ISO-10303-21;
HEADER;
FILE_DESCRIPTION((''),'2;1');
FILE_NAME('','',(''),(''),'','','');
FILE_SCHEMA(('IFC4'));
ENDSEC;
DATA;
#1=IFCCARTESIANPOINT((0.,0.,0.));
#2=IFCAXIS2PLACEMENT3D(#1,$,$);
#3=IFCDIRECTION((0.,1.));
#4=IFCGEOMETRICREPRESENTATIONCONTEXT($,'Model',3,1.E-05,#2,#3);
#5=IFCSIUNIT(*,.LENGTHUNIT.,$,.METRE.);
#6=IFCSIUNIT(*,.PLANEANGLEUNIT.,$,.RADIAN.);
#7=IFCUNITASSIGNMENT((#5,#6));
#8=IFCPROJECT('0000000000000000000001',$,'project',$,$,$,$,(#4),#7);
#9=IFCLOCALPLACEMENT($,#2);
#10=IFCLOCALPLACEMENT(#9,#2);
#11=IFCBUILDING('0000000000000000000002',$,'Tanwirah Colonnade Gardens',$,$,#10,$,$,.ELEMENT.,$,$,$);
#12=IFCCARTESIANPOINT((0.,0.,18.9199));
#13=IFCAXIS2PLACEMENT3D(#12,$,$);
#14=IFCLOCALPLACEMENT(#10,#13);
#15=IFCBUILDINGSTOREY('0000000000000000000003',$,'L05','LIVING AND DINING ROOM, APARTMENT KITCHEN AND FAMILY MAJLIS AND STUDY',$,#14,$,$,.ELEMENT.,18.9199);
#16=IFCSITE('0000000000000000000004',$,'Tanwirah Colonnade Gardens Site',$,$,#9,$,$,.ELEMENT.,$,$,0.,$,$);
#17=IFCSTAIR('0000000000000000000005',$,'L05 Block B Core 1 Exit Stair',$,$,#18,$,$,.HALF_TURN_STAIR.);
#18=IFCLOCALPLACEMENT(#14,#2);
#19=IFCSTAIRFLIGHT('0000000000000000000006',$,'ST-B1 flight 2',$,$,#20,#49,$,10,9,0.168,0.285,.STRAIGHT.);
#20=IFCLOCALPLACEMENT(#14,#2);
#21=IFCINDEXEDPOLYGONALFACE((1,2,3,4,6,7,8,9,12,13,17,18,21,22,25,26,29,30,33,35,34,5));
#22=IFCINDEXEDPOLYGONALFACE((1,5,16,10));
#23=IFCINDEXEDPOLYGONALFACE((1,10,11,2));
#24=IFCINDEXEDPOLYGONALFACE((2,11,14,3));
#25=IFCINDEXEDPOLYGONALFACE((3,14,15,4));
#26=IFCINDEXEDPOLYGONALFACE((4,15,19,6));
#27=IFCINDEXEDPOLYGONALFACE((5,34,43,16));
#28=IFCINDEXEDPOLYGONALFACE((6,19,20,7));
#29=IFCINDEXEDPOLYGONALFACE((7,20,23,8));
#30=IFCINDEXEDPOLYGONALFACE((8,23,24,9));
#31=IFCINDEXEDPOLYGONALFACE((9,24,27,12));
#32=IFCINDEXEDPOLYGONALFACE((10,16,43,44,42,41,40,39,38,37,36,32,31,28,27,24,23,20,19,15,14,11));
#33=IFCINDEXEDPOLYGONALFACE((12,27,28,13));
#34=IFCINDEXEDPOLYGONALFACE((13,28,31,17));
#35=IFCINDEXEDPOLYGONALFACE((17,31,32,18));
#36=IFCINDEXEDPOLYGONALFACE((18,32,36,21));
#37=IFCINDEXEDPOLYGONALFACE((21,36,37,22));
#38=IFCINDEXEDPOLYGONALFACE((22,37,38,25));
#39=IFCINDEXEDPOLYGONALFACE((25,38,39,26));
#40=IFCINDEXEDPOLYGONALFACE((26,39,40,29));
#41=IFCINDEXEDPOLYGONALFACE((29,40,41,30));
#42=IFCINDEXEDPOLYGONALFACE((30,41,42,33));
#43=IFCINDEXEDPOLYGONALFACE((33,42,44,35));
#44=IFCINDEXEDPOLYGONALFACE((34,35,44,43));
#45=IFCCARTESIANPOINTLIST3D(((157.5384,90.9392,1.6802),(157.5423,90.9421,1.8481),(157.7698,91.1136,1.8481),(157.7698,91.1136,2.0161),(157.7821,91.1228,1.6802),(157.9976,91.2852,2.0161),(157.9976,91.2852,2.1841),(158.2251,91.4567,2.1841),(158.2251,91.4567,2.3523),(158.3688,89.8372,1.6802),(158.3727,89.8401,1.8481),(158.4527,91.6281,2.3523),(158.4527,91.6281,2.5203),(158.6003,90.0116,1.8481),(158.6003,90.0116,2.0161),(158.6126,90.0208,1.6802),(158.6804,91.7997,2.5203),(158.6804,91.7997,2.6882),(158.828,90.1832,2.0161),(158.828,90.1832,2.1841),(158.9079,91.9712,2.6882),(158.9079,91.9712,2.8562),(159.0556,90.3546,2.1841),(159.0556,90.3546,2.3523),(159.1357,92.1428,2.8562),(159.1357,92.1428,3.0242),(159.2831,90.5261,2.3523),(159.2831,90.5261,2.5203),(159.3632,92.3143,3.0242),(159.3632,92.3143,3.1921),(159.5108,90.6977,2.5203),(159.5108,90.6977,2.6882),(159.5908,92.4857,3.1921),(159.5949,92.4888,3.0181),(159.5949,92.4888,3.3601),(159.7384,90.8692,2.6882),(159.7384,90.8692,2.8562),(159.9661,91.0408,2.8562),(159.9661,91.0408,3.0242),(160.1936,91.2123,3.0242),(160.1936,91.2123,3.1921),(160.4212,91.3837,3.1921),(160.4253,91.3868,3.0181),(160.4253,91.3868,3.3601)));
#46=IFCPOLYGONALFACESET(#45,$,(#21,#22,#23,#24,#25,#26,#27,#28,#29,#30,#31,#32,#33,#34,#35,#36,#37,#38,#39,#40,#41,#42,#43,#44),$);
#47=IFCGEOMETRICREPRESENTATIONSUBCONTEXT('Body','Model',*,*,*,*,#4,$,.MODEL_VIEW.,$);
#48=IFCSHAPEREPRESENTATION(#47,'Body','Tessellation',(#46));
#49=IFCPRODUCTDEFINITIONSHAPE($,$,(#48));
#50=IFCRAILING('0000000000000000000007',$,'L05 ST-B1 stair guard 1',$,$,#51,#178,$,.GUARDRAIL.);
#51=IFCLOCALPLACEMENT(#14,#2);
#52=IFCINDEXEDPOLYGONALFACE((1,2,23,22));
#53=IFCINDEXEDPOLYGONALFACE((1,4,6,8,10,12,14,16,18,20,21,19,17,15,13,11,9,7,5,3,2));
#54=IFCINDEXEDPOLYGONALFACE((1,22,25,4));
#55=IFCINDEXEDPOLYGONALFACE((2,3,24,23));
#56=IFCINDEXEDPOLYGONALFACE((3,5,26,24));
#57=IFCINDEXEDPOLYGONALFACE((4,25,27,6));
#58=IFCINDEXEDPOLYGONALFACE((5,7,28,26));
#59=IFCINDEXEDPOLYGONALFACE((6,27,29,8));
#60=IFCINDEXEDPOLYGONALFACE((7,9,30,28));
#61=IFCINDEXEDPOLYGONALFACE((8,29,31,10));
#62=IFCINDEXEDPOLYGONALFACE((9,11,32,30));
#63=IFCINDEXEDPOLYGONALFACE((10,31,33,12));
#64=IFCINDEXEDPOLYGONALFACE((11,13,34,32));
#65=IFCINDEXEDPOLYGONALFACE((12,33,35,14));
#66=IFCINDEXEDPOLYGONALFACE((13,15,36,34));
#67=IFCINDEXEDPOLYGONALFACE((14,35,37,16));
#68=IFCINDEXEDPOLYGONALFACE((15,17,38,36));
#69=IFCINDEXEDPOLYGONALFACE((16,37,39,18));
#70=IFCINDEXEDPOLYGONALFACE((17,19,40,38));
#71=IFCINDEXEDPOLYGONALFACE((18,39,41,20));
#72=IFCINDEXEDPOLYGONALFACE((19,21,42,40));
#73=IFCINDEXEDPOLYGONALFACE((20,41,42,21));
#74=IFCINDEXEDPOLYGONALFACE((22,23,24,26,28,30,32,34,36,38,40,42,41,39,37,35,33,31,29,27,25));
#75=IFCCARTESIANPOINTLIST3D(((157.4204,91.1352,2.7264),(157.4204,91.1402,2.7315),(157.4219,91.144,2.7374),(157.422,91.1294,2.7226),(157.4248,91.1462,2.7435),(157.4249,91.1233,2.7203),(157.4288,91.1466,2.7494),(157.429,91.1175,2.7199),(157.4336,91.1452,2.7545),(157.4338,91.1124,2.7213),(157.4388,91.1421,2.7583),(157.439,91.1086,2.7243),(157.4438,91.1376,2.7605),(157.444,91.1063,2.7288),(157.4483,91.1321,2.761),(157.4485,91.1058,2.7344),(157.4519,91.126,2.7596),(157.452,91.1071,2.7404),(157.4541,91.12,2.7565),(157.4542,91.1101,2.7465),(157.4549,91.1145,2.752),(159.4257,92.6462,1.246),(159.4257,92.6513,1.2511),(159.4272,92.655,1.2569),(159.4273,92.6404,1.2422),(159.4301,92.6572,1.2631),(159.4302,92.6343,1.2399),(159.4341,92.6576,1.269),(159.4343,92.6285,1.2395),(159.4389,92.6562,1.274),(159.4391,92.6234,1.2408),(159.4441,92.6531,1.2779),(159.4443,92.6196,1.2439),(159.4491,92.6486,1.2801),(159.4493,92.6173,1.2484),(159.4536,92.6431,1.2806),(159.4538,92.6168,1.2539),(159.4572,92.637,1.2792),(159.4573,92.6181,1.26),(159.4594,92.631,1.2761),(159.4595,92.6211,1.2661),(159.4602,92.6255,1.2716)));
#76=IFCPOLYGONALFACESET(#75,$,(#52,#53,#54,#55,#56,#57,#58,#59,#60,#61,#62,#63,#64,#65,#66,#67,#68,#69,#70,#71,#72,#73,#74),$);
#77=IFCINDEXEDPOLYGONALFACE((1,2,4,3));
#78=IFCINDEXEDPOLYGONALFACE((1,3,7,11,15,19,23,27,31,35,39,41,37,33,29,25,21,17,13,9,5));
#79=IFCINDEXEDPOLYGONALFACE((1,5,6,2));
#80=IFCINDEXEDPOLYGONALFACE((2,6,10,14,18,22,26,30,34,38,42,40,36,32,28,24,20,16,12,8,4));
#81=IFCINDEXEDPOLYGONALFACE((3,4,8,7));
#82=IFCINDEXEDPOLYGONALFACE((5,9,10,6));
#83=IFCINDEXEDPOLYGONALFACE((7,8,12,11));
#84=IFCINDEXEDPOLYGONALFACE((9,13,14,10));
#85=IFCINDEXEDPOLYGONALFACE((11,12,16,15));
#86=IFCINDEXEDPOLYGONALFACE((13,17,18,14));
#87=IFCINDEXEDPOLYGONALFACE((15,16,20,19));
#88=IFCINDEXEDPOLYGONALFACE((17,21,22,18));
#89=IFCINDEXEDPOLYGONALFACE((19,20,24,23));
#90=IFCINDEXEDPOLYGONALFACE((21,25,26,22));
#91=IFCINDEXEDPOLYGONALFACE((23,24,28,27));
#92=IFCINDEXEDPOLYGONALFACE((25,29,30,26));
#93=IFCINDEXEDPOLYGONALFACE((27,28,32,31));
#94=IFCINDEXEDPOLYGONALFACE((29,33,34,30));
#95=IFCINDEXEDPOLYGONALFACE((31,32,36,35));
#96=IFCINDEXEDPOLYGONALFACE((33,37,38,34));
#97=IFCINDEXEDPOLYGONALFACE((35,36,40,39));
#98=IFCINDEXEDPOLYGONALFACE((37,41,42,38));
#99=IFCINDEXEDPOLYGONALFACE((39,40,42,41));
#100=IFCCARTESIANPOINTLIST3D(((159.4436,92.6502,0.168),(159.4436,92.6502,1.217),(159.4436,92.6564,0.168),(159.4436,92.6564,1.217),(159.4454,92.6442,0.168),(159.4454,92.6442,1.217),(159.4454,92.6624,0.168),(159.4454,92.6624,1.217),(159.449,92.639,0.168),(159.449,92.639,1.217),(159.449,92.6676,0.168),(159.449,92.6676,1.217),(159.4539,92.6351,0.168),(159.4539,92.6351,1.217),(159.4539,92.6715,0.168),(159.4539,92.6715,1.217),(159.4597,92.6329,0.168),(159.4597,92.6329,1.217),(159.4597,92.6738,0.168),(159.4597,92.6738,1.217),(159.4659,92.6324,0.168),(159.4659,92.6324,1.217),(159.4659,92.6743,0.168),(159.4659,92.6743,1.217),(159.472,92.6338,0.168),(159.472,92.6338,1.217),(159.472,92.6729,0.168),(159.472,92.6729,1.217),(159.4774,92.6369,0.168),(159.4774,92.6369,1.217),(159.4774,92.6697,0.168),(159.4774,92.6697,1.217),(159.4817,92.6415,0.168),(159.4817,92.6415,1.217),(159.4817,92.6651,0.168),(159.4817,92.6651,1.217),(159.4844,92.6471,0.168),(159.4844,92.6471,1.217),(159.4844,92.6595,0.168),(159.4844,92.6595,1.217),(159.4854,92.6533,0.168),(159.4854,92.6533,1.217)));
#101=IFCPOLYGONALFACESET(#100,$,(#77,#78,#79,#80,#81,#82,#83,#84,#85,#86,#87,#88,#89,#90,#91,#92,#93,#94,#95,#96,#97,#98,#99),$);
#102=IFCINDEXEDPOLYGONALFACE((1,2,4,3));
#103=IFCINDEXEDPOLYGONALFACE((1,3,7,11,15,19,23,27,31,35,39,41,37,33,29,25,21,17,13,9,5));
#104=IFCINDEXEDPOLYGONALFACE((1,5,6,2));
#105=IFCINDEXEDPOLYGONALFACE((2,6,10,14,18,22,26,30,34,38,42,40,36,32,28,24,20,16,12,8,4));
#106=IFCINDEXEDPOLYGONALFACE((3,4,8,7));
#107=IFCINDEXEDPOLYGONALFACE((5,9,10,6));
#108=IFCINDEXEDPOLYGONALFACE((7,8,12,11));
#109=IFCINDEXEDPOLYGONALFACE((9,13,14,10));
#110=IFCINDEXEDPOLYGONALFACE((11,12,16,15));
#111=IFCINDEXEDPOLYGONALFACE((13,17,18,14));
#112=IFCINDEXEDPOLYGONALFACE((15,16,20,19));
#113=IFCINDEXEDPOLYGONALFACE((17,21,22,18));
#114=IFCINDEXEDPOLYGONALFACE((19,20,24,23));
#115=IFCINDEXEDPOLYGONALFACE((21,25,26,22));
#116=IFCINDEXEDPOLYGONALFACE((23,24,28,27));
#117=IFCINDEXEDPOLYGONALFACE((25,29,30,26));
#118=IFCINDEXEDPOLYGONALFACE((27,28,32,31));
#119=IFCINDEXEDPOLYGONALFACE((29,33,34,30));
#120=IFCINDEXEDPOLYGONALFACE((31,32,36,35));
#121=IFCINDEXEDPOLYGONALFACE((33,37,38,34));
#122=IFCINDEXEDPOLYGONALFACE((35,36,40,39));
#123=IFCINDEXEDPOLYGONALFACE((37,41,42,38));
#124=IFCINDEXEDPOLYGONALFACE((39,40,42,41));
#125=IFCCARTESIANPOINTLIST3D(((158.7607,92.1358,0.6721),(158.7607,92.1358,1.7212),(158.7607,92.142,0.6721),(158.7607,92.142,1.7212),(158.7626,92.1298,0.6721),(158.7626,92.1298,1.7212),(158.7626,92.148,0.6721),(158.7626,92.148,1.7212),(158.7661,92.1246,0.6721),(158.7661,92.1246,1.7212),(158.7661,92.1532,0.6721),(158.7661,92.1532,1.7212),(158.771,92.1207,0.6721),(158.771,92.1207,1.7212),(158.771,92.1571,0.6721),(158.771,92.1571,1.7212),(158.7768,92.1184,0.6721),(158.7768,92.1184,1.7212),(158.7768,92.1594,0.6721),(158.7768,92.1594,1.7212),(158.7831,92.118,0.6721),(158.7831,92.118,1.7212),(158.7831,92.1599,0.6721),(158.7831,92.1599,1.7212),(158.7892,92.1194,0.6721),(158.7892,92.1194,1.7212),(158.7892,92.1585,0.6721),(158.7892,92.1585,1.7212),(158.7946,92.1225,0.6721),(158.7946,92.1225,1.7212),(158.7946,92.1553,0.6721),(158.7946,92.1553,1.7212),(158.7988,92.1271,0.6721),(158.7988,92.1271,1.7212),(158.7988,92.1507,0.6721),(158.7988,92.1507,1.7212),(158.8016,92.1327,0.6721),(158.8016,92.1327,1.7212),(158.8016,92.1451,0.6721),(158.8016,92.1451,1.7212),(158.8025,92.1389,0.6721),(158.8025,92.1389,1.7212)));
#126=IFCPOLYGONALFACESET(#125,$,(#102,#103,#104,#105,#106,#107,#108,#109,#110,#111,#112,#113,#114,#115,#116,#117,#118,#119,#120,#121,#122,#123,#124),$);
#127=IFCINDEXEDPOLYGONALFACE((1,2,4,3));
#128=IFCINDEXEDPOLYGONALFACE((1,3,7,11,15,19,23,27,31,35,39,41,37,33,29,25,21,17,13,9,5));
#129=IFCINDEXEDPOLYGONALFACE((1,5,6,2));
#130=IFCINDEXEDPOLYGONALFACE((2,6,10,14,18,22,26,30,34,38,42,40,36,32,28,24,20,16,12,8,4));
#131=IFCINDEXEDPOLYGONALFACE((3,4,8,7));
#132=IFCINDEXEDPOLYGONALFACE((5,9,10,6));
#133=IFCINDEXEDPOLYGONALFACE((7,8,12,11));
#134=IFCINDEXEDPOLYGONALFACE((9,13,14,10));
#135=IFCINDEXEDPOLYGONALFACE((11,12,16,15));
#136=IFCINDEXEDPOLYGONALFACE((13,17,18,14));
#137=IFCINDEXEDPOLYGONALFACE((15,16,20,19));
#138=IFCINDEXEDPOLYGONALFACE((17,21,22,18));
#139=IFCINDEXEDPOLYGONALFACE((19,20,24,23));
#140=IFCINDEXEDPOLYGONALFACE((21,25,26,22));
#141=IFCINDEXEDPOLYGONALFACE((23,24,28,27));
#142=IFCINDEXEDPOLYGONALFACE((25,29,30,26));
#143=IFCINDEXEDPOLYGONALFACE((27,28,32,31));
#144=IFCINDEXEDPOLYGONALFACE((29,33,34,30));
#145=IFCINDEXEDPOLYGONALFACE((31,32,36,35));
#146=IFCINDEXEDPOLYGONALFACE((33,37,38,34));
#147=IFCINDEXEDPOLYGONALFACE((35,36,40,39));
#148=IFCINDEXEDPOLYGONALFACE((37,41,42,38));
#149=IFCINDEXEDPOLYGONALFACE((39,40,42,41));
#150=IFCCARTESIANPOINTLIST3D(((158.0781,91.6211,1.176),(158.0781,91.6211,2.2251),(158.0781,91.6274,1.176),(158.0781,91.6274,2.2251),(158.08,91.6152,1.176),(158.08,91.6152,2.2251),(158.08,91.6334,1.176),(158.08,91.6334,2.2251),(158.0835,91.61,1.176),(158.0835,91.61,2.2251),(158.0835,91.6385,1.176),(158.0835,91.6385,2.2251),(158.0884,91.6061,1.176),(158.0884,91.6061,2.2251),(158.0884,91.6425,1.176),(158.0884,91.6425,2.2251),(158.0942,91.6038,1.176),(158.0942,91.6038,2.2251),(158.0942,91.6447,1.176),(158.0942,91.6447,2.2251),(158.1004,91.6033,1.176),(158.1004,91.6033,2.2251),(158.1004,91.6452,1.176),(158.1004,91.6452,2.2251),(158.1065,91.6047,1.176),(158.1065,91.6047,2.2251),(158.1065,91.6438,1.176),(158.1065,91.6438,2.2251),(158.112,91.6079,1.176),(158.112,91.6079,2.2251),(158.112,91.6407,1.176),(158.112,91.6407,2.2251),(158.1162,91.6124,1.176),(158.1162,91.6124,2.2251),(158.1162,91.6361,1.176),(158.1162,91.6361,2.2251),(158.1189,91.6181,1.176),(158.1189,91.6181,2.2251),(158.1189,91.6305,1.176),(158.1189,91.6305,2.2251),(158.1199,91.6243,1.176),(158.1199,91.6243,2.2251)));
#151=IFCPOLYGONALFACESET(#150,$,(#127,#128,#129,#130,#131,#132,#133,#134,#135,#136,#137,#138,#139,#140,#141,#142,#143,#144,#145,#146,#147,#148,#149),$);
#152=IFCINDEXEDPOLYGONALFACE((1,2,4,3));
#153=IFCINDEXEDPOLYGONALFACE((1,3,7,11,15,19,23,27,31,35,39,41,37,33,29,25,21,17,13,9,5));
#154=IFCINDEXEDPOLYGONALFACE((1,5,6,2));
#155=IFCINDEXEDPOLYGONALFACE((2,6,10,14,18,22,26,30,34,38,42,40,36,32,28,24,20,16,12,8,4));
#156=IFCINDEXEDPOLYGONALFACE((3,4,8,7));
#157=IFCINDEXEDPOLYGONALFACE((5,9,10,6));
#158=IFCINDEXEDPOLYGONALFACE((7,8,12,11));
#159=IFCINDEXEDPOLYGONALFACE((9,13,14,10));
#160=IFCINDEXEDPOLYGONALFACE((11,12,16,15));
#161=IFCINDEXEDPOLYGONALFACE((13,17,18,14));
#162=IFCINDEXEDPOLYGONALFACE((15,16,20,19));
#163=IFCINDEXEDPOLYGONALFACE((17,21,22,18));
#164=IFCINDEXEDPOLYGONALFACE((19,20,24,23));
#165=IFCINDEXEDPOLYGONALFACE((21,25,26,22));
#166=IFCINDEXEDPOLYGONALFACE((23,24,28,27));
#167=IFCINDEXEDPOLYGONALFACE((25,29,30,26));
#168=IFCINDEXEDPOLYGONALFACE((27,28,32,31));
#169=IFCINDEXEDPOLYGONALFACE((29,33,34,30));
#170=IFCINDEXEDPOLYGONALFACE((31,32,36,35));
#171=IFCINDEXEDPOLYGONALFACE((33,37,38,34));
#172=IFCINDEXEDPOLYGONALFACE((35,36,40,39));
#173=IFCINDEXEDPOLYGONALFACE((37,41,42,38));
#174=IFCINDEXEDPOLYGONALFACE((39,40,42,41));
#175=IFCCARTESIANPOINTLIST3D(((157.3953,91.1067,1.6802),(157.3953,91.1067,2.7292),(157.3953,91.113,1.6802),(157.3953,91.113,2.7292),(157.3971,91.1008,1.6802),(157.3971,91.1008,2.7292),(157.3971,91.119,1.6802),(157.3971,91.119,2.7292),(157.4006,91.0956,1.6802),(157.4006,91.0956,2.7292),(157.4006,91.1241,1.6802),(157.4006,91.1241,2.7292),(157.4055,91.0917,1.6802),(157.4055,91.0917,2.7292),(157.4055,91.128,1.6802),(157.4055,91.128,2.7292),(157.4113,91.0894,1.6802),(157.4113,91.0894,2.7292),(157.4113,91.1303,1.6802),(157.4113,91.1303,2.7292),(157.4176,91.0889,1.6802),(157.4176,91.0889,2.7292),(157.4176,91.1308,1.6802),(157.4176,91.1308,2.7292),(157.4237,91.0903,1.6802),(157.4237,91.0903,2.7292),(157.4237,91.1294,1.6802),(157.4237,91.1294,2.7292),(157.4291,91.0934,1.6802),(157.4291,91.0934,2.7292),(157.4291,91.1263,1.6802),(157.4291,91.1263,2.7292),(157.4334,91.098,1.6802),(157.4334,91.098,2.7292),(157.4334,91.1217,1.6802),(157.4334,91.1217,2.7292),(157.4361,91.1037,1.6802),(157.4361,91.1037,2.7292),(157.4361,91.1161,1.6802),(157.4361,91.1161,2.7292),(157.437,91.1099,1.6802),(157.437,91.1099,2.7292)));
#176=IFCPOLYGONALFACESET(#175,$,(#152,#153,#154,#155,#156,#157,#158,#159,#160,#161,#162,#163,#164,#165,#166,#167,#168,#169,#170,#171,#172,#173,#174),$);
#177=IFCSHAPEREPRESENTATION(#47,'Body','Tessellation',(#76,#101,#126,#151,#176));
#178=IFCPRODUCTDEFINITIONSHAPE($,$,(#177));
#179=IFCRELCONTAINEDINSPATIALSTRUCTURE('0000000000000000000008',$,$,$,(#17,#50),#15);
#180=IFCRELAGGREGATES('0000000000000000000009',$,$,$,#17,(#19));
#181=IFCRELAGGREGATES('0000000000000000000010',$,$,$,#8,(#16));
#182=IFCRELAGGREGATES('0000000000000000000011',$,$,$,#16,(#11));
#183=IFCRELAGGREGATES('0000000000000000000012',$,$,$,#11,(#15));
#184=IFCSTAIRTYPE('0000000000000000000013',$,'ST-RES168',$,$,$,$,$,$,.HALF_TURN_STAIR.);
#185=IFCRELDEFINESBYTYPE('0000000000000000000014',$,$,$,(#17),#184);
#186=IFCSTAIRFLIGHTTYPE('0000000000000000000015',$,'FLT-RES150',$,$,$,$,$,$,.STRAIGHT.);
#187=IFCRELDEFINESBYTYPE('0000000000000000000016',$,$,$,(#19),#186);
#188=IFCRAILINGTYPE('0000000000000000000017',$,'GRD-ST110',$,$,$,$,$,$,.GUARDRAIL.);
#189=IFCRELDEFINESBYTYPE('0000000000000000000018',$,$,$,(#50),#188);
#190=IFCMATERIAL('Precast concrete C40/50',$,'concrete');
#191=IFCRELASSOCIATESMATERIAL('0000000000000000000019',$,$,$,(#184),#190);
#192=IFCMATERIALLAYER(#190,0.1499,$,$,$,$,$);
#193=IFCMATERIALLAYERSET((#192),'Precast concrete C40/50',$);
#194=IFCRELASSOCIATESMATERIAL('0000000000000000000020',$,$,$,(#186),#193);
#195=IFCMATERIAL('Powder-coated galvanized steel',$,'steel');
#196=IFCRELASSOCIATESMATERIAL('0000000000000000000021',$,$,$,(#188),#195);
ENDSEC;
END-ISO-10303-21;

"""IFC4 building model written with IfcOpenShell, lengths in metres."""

from ifc_helpers import new_model, si_unit, direction, frame, origin, origin_2d, place, context, subcontext, project, spatial, polyline, circle, outline, extrude, material, layer, layer_set, type_object, element, aggregate, save


model = new_model("IFC4")

# Units and contexts
model_context = context("Model", 3, precision=1e-05, world=origin(), true_north=direction((0.0, 1.0)))
body_context = subcontext(model_context, "Body", "Model", "MODEL_VIEW")
ifc_project = project(units=[si_unit("LENGTHUNIT", "METRE"), si_unit("PLANEANGLEUNIT", "RADIAN")], contexts=[model_context])

# Site, building, storey
site_placement = place(None, origin())
site = spatial("IfcSite", under=ifc_project, at=site_placement, Name="Tanwirah Colonnade Gardens Site", CompositionType="ELEMENT", RefElevation=0.0)
building_placement = place(site_placement, origin())
building = spatial("IfcBuilding", under=site, at=building_placement, Name="Tanwirah Colonnade Gardens", CompositionType="ELEMENT")
storey_placement = place(building_placement, frame((0.0, 0.0, 18.9199)))
storey = spatial("IfcBuildingStorey", under=building, at=storey_placement, Name="L05", Description="LIVING AND DINING ROOM, APARTMENT KITCHEN AND FAMILY MAJLIS AND STUDY", CompositionType="ELEMENT", Elevation=18.9199)

# Shared definitions
ifc_material_1 = material(Name="Precast concrete C40/50", Category="concrete")

# Stair, stair flight
stair_type = type_object("IfcStairType", Name="ST-RES168", PredefinedType="HALF_TURN_STAIR", material=ifc_material_1)
stair_placement = place(storey_placement, origin())
stair = element("IfcStair", 1, at=stair_placement, inside=storey, type_object=stair_type, Name="L05 Block B Core 1 Exit Stair", PredefinedType="HALF_TURN_STAIR")
ifc_layer_1 = layer(ifc_material_1, 0.1499)
ifc_layer_set_1 = layer_set([ifc_layer_1], Name="Precast concrete C40/50")
stair_flight_type = type_object("IfcStairFlightType", Name="FLT-RES150", PredefinedType="STRAIGHT", material=ifc_layer_set_1)
stair_flight_1_placement = place(storey_placement, frame((157.9575, 90.3911, 1.6802), z_axis=(0.0, 0.0, 1.0), x_axis=(0.798636, 0.601815, 0.0)))
stair_flight_1 = element("IfcStairFlight", 2, at=stair_flight_1_placement, type_object=stair_flight_type, Name="ST-B1 flight 2", NumberOfRisers=10, NumberOfTreads=9, PredefinedType="STRAIGHT", RiserHeight=0.168, TreadLength=0.285, context=body_context, shape_type="SweptSolid", body=[
    extrude(outline(polyline([(-0.0049, 0.0), (0.0, 0.168), (0.2849, 0.168), (0.2849, 0.3359), (0.5701, 0.3359), (0.5701, 0.5039), (0.855, 0.5039), (0.855, 0.6721), (1.1399, 0.6721), (1.1399, 0.8401), (1.425, 0.8401), (1.425, 1.0081), (1.71, 1.0081), (1.71, 1.176), (1.9951, 1.176), (1.9951, 1.344), (2.28, 1.344), (2.28, 1.512), (2.5649, 1.512), (2.5701, 1.6799), (2.5701, 1.3379), (0.3003, 0.0), (-0.0049, 0.0)])), frame((0.0, 0.6899, 0.0), z_axis=(0.0, -1.0, 0.0), x_axis=(1.0, 0.0, 0.0)), (0.0, 0.0, 1.0), 1.3799),
])
aggregate(stair, [stair_flight_1])

# Railing
ifc_material_2 = material(Name="Powder-coated galvanized steel", Category="steel")
railing_type_1 = type_object("IfcRailingType", Name="GRD-ST110", PredefinedType="GUARDRAIL", material=ifc_material_2)
railing_1_placement = place(storey_placement, frame((159.4644, 92.6533, 0.168)))
element("IfcRailing", 3, at=railing_1_placement, inside=storey, type_object=railing_type_1, Name="L05 ST-B1 stair guard 1", PredefinedType="GUARDRAIL", context=body_context, shape_type="SweptSolid", body=[
    extrude(circle(Radius=0.0239, at=origin_2d()), frame((-0.0215, -0.0161, 1.092), z_axis=(-0.68797, -0.518396, 0.5079), x_axis=(0.601796, -0.79865, 0.0)), (0.0, 0.0, 1.0), 2.9148),
    extrude(circle(Radius=0.021, at=origin_2d()), origin(), (0.0, 0.0, 1.0), 1.0491),
    extrude(circle(Radius=0.021, at=origin_2d()), frame((-0.6829, -0.5144, 0.5042)), (0.0, 0.0, 1.0), 1.0491),
    extrude(circle(Radius=0.021, at=origin_2d()), frame((-1.3655, -1.0291, 1.0081)), (0.0, 0.0, 1.0), 1.0491),
    extrude(circle(Radius=0.021, at=origin_2d()), frame((-2.0483, -1.5435, 1.5122)), (0.0, 0.0, 1.0), 1.0491),
])

save(model, "model.ifc")
